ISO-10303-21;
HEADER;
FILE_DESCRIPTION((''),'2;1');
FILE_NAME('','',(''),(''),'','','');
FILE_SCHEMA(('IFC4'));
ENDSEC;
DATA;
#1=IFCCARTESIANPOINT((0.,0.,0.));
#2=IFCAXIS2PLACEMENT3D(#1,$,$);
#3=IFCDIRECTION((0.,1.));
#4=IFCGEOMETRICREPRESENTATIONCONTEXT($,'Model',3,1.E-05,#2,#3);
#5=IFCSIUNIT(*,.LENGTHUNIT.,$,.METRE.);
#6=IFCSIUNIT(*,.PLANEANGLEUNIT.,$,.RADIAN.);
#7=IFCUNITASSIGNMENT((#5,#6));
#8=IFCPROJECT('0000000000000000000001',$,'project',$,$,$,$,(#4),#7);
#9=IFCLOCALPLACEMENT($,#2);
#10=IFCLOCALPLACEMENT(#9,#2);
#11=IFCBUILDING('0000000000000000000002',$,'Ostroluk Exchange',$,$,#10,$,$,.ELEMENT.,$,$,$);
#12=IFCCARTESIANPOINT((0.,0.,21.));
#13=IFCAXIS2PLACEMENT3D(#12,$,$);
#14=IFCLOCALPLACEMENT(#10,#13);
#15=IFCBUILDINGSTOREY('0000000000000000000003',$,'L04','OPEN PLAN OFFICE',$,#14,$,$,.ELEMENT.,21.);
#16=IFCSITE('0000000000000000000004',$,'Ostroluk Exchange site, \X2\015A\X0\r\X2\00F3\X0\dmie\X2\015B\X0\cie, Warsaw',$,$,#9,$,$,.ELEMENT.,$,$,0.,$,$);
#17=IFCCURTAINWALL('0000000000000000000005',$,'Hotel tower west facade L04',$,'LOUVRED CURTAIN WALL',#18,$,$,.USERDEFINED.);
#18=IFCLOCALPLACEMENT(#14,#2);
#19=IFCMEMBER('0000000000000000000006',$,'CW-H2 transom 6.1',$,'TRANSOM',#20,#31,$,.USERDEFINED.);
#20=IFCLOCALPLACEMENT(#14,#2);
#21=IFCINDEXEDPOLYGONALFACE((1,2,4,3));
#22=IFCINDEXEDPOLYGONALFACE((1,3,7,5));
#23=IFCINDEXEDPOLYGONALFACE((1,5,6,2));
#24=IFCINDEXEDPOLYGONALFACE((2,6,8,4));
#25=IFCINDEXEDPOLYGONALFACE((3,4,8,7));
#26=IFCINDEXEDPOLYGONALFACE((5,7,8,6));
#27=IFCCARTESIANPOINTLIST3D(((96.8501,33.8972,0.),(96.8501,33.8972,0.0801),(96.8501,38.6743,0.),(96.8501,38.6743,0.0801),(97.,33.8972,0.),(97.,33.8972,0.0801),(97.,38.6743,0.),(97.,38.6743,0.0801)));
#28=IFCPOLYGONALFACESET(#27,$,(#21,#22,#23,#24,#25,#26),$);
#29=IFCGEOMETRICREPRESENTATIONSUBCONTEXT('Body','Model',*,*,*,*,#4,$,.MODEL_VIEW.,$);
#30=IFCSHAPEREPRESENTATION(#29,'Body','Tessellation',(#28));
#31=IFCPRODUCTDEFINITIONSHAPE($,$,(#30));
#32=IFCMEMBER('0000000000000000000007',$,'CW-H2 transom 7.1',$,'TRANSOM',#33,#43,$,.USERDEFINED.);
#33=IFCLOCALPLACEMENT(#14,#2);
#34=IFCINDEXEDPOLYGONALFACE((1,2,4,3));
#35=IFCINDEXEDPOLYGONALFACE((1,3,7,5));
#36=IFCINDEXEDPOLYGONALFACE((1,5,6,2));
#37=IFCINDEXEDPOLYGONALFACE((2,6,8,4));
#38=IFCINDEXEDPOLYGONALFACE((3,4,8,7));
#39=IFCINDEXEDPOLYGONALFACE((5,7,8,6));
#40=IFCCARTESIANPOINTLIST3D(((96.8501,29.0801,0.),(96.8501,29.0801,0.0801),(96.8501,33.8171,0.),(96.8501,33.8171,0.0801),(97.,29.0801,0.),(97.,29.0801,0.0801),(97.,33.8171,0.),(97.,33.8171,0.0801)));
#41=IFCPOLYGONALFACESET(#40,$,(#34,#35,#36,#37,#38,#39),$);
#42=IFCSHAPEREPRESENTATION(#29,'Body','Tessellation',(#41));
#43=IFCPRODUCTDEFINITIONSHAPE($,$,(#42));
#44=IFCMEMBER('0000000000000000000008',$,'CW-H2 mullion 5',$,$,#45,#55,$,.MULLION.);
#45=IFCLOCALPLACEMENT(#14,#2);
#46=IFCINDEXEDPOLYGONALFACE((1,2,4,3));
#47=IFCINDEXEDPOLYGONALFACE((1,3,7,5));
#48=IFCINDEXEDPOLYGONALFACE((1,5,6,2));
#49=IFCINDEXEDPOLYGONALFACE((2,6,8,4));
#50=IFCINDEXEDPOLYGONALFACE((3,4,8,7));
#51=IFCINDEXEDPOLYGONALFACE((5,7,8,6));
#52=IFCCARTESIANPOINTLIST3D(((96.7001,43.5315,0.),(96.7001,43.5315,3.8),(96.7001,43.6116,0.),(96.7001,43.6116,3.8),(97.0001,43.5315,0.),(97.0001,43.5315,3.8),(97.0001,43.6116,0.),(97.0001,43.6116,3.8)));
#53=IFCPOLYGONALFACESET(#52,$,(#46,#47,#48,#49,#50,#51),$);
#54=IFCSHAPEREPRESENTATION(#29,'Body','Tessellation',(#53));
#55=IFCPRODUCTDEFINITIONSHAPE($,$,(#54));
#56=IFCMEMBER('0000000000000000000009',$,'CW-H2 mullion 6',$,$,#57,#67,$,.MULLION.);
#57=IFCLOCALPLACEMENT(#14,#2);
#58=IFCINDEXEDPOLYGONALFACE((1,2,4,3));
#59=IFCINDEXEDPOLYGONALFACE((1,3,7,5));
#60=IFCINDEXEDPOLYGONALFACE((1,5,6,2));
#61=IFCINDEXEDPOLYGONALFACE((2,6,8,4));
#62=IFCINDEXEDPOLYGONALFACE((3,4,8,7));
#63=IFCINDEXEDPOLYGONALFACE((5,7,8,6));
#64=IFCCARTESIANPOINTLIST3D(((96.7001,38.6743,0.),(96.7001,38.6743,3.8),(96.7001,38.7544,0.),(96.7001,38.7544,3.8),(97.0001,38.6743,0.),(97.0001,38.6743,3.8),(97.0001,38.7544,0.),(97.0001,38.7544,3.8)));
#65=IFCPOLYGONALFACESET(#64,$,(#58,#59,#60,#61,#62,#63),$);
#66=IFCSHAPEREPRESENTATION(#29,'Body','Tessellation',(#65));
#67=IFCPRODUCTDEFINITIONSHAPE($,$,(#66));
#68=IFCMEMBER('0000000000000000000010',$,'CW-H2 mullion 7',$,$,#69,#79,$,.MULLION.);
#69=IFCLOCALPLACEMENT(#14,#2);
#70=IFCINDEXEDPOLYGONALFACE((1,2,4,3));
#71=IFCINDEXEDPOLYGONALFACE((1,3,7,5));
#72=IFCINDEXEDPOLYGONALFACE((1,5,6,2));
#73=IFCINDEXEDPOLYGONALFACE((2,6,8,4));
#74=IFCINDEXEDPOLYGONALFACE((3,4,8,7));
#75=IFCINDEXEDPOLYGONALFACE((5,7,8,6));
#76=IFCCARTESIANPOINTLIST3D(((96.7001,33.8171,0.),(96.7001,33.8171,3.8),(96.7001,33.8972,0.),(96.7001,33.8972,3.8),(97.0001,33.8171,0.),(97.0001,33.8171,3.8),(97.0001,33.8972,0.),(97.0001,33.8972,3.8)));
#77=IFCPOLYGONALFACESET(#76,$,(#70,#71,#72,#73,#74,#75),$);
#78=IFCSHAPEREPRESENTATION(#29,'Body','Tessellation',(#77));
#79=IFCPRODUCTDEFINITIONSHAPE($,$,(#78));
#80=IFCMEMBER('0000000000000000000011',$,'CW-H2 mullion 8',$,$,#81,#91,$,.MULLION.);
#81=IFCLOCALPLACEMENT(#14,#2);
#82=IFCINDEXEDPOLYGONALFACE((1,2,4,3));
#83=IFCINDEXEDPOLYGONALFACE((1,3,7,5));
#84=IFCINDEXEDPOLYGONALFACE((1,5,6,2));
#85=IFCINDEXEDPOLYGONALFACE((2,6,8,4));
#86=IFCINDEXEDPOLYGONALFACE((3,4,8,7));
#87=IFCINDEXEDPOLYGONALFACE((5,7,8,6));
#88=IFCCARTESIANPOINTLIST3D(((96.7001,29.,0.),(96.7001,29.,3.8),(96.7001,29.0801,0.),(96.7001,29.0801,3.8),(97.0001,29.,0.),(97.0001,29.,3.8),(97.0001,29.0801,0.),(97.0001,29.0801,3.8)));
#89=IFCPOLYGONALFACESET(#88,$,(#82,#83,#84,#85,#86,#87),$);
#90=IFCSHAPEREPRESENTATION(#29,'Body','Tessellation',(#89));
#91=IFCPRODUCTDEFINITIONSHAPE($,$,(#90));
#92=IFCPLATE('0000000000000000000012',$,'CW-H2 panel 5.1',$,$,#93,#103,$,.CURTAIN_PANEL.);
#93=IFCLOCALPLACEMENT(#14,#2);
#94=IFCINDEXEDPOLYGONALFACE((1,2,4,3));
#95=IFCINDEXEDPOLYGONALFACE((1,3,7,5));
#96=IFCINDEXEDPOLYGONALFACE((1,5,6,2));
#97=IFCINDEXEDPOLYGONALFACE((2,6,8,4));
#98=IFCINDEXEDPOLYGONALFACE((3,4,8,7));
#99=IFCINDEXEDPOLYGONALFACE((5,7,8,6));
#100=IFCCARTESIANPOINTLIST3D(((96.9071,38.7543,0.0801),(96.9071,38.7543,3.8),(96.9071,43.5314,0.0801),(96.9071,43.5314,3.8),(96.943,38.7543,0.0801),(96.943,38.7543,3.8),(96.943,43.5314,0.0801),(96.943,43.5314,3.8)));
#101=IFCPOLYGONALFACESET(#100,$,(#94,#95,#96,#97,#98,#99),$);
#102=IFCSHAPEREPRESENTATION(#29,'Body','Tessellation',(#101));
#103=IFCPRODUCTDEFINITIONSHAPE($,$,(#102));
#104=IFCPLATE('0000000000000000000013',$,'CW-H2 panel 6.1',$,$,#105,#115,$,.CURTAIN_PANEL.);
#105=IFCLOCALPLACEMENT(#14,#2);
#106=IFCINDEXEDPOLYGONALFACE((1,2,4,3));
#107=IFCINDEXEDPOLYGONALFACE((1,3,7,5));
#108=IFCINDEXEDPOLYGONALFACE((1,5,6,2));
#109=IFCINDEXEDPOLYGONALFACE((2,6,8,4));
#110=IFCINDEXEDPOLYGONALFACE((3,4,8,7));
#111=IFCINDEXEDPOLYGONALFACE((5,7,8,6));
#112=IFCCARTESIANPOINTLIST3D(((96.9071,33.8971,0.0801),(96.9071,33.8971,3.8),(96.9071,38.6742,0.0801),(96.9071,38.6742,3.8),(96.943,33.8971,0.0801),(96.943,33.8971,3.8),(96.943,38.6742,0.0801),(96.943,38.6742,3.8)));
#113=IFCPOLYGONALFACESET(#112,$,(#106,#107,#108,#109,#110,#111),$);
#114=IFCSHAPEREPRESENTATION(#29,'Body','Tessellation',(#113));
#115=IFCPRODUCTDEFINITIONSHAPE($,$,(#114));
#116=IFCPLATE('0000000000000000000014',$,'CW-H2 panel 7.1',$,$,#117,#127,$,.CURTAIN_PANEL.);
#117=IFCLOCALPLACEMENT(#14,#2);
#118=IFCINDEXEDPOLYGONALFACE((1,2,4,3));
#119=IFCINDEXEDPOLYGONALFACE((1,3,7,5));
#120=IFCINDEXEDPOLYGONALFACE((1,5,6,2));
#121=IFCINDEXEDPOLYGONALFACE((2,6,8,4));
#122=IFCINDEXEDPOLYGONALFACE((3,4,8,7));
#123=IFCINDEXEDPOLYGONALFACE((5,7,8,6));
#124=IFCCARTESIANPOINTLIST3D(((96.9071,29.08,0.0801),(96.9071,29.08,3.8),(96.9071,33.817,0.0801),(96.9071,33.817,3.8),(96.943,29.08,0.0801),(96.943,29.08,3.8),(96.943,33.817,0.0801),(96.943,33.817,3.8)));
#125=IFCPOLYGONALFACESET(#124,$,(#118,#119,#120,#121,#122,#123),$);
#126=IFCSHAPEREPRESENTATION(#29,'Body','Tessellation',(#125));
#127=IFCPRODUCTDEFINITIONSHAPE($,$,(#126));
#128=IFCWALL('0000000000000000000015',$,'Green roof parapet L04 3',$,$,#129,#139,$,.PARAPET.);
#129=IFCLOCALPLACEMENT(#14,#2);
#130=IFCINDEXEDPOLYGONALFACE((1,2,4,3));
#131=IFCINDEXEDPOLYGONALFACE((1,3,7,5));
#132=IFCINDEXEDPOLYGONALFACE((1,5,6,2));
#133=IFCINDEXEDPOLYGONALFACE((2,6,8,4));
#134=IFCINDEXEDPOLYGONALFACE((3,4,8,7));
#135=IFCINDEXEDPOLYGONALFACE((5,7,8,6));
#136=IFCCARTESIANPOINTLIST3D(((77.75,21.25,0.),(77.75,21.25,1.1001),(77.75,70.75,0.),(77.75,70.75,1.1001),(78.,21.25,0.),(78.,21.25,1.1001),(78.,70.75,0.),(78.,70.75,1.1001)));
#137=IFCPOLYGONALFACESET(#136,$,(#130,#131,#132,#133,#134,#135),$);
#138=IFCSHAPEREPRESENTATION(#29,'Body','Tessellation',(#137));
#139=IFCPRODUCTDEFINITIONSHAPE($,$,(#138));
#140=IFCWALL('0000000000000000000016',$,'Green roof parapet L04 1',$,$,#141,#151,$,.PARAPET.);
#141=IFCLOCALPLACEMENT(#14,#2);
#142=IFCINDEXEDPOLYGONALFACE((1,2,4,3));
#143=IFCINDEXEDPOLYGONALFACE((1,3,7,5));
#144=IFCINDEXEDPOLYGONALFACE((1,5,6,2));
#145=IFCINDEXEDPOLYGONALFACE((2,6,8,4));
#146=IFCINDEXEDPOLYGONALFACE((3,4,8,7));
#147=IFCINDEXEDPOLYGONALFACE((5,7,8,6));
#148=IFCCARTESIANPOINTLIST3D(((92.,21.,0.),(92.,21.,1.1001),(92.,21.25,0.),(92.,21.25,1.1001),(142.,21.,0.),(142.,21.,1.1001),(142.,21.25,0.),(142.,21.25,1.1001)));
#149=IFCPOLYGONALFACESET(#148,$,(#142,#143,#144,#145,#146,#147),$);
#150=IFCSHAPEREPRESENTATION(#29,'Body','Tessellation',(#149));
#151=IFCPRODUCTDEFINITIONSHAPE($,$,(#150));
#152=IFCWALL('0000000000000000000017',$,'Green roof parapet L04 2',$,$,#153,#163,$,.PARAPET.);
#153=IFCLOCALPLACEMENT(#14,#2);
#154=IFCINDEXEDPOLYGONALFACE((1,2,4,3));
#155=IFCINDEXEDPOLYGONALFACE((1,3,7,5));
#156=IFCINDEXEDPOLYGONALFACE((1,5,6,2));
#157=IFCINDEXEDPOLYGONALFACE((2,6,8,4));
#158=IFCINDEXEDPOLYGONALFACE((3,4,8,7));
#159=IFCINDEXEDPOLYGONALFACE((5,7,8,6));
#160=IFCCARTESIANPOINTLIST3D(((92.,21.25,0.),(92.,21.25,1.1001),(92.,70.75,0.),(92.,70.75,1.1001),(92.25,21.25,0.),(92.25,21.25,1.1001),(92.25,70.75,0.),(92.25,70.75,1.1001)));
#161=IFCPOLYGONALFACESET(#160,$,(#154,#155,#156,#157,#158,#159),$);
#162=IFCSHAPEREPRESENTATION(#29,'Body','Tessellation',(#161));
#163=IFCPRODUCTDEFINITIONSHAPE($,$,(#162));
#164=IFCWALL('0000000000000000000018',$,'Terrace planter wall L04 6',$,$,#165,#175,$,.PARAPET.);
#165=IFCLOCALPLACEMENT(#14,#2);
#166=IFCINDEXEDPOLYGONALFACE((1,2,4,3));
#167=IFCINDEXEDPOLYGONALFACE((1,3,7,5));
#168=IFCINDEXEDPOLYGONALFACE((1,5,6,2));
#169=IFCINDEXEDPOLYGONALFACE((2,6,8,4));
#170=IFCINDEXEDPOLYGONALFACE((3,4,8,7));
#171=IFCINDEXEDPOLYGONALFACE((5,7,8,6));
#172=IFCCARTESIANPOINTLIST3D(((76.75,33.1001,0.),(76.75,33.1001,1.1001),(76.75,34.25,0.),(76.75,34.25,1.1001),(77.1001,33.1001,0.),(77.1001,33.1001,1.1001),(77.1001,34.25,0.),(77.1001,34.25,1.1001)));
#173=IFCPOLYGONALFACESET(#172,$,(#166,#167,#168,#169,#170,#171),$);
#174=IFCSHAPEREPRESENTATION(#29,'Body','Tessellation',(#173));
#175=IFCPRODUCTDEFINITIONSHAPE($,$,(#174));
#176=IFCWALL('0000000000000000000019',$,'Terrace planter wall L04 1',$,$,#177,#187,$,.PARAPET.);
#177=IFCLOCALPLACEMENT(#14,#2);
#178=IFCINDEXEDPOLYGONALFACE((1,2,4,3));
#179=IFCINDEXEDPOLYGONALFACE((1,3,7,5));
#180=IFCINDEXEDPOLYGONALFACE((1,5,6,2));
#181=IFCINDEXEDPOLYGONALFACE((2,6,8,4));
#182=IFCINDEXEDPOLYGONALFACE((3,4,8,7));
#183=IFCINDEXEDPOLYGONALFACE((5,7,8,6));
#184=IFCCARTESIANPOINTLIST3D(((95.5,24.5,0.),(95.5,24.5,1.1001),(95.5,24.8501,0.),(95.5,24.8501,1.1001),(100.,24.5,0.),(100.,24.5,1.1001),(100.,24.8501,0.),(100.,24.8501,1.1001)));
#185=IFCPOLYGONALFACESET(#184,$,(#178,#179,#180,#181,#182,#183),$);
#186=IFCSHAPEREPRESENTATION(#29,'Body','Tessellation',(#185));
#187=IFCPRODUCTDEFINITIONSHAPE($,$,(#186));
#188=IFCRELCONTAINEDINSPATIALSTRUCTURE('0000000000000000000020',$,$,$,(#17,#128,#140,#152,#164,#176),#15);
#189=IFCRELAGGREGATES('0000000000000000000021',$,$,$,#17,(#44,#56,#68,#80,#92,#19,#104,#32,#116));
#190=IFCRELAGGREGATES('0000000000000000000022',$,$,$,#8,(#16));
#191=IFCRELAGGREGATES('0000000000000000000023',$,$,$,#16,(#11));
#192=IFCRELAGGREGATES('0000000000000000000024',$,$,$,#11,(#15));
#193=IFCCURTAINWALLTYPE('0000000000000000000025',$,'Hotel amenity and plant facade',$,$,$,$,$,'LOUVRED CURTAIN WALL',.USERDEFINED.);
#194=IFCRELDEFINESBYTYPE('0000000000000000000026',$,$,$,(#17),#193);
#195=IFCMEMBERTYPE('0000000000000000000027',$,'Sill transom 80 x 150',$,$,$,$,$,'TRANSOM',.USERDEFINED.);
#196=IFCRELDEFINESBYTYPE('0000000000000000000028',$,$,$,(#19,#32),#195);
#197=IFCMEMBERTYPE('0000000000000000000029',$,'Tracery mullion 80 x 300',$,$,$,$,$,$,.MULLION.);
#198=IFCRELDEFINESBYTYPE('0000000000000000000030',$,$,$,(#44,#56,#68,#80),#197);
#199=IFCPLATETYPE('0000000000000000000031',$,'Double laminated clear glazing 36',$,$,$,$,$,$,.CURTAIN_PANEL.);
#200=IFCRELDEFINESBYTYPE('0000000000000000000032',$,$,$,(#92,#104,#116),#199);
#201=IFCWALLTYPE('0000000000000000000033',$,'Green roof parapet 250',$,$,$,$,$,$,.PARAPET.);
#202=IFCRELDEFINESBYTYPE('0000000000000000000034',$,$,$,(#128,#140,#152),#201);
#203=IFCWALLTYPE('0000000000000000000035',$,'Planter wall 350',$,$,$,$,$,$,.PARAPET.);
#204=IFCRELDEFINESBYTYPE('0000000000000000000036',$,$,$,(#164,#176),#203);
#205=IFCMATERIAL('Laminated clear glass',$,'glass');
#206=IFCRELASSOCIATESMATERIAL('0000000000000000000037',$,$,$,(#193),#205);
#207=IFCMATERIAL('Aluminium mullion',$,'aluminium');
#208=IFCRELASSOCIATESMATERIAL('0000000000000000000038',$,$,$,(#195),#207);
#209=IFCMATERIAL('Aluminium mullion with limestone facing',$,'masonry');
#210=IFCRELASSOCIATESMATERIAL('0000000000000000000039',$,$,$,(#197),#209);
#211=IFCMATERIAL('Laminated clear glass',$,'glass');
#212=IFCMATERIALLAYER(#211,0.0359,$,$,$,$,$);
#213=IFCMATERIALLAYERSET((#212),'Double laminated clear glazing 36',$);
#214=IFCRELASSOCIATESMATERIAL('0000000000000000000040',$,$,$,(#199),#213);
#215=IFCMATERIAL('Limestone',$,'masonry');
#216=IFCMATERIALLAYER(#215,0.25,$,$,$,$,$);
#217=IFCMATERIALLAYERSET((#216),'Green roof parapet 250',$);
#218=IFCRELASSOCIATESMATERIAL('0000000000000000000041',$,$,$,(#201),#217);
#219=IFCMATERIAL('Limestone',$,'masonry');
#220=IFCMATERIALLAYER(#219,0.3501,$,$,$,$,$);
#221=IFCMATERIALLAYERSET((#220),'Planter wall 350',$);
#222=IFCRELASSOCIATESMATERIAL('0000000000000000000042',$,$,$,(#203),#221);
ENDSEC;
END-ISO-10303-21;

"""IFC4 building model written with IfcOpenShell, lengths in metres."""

from ifc_helpers import new_model, si_unit, direction, frame, frame_2d, origin, origin_2d, place, context, subcontext, project, spatial, rectangle, extrude, material, layer, layer_set, material_profile, profile_set, type_object, element, aggregate, save


model = new_model("IFC4")

# Units and contexts
model_context = context("Model", 3, precision=1e-05, world=origin(), true_north=direction((0.0, 1.0)))
body_context = subcontext(model_context, "Body", "Model", "MODEL_VIEW")
ifc_project = project(units=[si_unit("LENGTHUNIT", "METRE"), si_unit("PLANEANGLEUNIT", "RADIAN")], contexts=[model_context])

# Site, building, storey
site_placement = place(None, origin())
site = spatial("IfcSite", under=ifc_project, at=site_placement, Name="Ostroluk Exchange site, Śródmieście, Warsaw", CompositionType="ELEMENT", RefElevation=0.0)
building_placement = place(site_placement, origin())
building = spatial("IfcBuilding", under=site, at=building_placement, Name="Ostroluk Exchange", CompositionType="ELEMENT")
storey_placement = place(building_placement, frame((0.0, 0.0, 21.0)))
storey = spatial("IfcBuildingStorey", under=building, at=storey_placement, Name="L04", Description="OPEN PLAN OFFICE", CompositionType="ELEMENT", Elevation=21.0)

# Curtain wall, members, plates
ifc_material_1 = material(Name="Laminated clear glass", Category="glass")
curtain_wall_type = type_object("IfcCurtainWallType", Name="Hotel amenity and plant facade", ElementType="LOUVRED CURTAIN WALL", PredefinedType="USERDEFINED", material=ifc_material_1)
curtain_wall_placement = place(storey_placement, origin())
curtain_wall = element("IfcCurtainWall", 1, at=curtain_wall_placement, inside=storey, type_object=curtain_wall_type, Name="Hotel tower west facade L04", ObjectType="LOUVRED CURTAIN WALL", PredefinedType="USERDEFINED")
ifc_material_2 = material(Name="Aluminium mullion", Category="aluminium")
ifc_material_profile_1 = material_profile(ifc_material_2, rectangle(XDim=0.1499, YDim=0.0801, at=origin_2d()), Name="Sill transom 80 x 150")
ifc_profile_set_1 = profile_set([ifc_material_profile_1], Name="Aluminium mullion")
member_type_1 = type_object("IfcMemberType", Name="Sill transom 80 x 150", ElementType="TRANSOM", PredefinedType="USERDEFINED", material=ifc_profile_set_1)
member_1_placement = place(storey_placement, frame((96.925, 38.6743, 0.04), z_axis=(0.0, -1.0, 0.0), x_axis=(1.0, 0.0, 0.0)))
member_1 = element("IfcMember", 2, at=member_1_placement, type_object=member_type_1, Name="CW-H2 transom 6.1", ObjectType="TRANSOM", PredefinedType="USERDEFINED", context=body_context, shape_type="SweptSolid", body=[
    extrude(rectangle(XDim=0.1499, YDim=0.0801, at=origin_2d()), origin(), (0.0, 0.0, 1.0), 4.7771),
])
member_2_placement = place(storey_placement, frame((96.925, 33.8171, 0.04), z_axis=(0.0, -1.0, 0.0), x_axis=(1.0, 0.0, 0.0)))
member_2 = element("IfcMember", 3, at=member_2_placement, type_object=member_type_1, Name="CW-H2 transom 7.1", ObjectType="TRANSOM", PredefinedType="USERDEFINED", context=body_context, shape_type="SweptSolid", body=[
    extrude(rectangle(XDim=0.1499, YDim=0.0801, at=origin_2d()), origin(), (0.0, 0.0, 1.0), 4.7371),
])
ifc_material_3 = material(Name="Aluminium mullion with limestone facing", Category="masonry")
ifc_material_profile_2 = material_profile(ifc_material_3, rectangle(XDim=0.3, YDim=0.0801, at=origin_2d()), Name="Tracery mullion 80 x 300")
ifc_profile_set_2 = profile_set([ifc_material_profile_2], Name="Aluminium mullion with limestone facing")
member_type_2 = type_object("IfcMemberType", Name="Tracery mullion 80 x 300", PredefinedType="MULLION", material=ifc_profile_set_2)
member_3_placement = place(storey_placement, frame((96.8501, 43.5715, 0.0), z_axis=(0.0, 0.0, 1.0), x_axis=(1.0, 0.0, 0.0)))
member_3 = element("IfcMember", 4, at=member_3_placement, type_object=member_type_2, Name="CW-H2 mullion 5", PredefinedType="MULLION", context=body_context, shape_type="SweptSolid", body=[
    extrude(rectangle(XDim=0.3, YDim=0.0801, at=origin_2d()), origin(), (0.0, 0.0, 1.0), 3.8),
])
member_4_placement = place(storey_placement, frame((96.8501, 38.7144, 0.0), z_axis=(0.0, 0.0, 1.0), x_axis=(1.0, 0.0, 0.0)))
member_4 = element("IfcMember", 5, at=member_4_placement, type_object=member_type_2, Name="CW-H2 mullion 6", PredefinedType="MULLION", context=body_context, shape_type="SweptSolid", body=[
    extrude(rectangle(XDim=0.3, YDim=0.0801, at=origin_2d()), origin(), (0.0, 0.0, 1.0), 3.8),
])
member_5_placement = place(storey_placement, frame((96.8501, 33.8572, 0.0), z_axis=(0.0, 0.0, 1.0), x_axis=(1.0, 0.0, 0.0)))
member_5 = element("IfcMember", 6, at=member_5_placement, type_object=member_type_2, Name="CW-H2 mullion 7", PredefinedType="MULLION", context=body_context, shape_type="SweptSolid", body=[
    extrude(rectangle(XDim=0.3, YDim=0.0801, at=origin_2d()), origin(), (0.0, 0.0, 1.0), 3.8),
])
member_6_placement = place(storey_placement, frame((96.8501, 29.04, 0.0), z_axis=(0.0, 0.0, 1.0), x_axis=(1.0, 0.0, 0.0)))
member_6 = element("IfcMember", 7, at=member_6_placement, type_object=member_type_2, Name="CW-H2 mullion 8", PredefinedType="MULLION", context=body_context, shape_type="SweptSolid", body=[
    extrude(rectangle(XDim=0.3, YDim=0.0801, at=origin_2d()), origin(), (0.0, 0.0, 1.0), 3.8),
])
ifc_material_4 = material(Name="Laminated clear glass", Category="glass")
ifc_layer_1 = layer(ifc_material_4, 0.0359)
ifc_layer_set_1 = layer_set([ifc_layer_1], Name="Double laminated clear glazing 36")
plate_type = type_object("IfcPlateType", Name="Double laminated clear glazing 36", PredefinedType="CURTAIN_PANEL", material=ifc_layer_set_1)
plate_1_placement = place(storey_placement, frame((96.925, 41.1428, 0.0801), z_axis=(0.0, 0.0, 1.0), x_axis=(0.0, -1.0, 0.0)))
plate_1 = element("IfcPlate", 8, at=plate_1_placement, type_object=plate_type, Name="CW-H2 panel 5.1", PredefinedType="CURTAIN_PANEL", context=body_context, shape_type="SweptSolid", body=[
    extrude(rectangle(XDim=4.7771, YDim=0.0359, at=origin_2d()), origin(), (0.0, 0.0, 1.0), 3.72),
])
plate_2_placement = place(storey_placement, frame((96.925, 36.2856, 0.0801), z_axis=(0.0, 0.0, 1.0), x_axis=(0.0, -1.0, 0.0)))
plate_2 = element("IfcPlate", 9, at=plate_2_placement, type_object=plate_type, Name="CW-H2 panel 6.1", PredefinedType="CURTAIN_PANEL", context=body_context, shape_type="SweptSolid", body=[
    extrude(rectangle(XDim=4.7771, YDim=0.0359, at=origin_2d()), origin(), (0.0, 0.0, 1.0), 3.72),
])
plate_3_placement = place(storey_placement, frame((96.925, 31.4485, 0.0801), z_axis=(0.0, 0.0, 1.0), x_axis=(0.0, -1.0, 0.0)))
plate_3 = element("IfcPlate", 10, at=plate_3_placement, type_object=plate_type, Name="CW-H2 panel 7.1", PredefinedType="CURTAIN_PANEL", context=body_context, shape_type="SweptSolid", body=[
    extrude(rectangle(XDim=4.7371, YDim=0.0359, at=origin_2d()), origin(), (0.0, 0.0, 1.0), 3.72),
])
aggregate(curtain_wall, [member_3, member_4, member_5, member_6, plate_1, member_1, plate_2, member_2, plate_3])

# Walls
ifc_material_5 = material(Name="Limestone", Category="masonry")
ifc_layer_2 = layer(ifc_material_5, 0.25)
ifc_layer_set_2 = layer_set([ifc_layer_2], Name="Green roof parapet 250")
wall_type_1 = type_object("IfcWallType", Name="Green roof parapet 250", PredefinedType="PARAPET", material=ifc_layer_set_2)
wall_1_placement = place(storey_placement, frame((77.875, 21.25, 0.0), z_axis=(0.0, 0.0, 1.0), x_axis=(0.0, 1.0, 0.0)))
element("IfcWall", 11, at=wall_1_placement, inside=storey, type_object=wall_type_1, Name="Green roof parapet L04 3", PredefinedType="PARAPET", context=body_context, shape_type="SweptSolid", body=[
    extrude(rectangle(XDim=49.5, YDim=0.25, at=frame_2d((24.75, 0.0))), origin(), (0.0, 0.0, 1.0), 1.1001),
])
wall_2_placement = place(storey_placement, frame((92.0, 21.125, 0.0), z_axis=(0.0, 0.0, 1.0), x_axis=(1.0, 0.0, 0.0)))
element("IfcWall", 12, at=wall_2_placement, inside=storey, type_object=wall_type_1, Name="Green roof parapet L04 1", PredefinedType="PARAPET", context=body_context, shape_type="SweptSolid", body=[
    extrude(rectangle(XDim=50.0, YDim=0.25, at=frame_2d((25.0, 0.0))), origin(), (0.0, 0.0, 1.0), 1.1001),
])
wall_3_placement = place(storey_placement, frame((92.125, 21.25, 0.0), z_axis=(0.0, 0.0, 1.0), x_axis=(0.0, 1.0, 0.0)))
element("IfcWall", 13, at=wall_3_placement, inside=storey, type_object=wall_type_1, Name="Green roof parapet L04 2", PredefinedType="PARAPET", context=body_context, shape_type="SweptSolid", body=[
    extrude(rectangle(XDim=49.5, YDim=0.25, at=frame_2d((24.75, 0.0))), origin(), (0.0, 0.0, 1.0), 1.1001),
])
ifc_material_6 = material(Name="Limestone", Category="masonry")
ifc_layer_3 = layer(ifc_material_6, 0.3501)
ifc_layer_set_3 = layer_set([ifc_layer_3], Name="Planter wall 350")
wall_type_2 = type_object("IfcWallType", Name="Planter wall 350", PredefinedType="PARAPET", material=ifc_layer_set_3)
wall_4_placement = place(storey_placement, frame((76.925, 33.1001, 0.0), z_axis=(0.0, 0.0, 1.0), x_axis=(0.0, 1.0, 0.0)))
element("IfcWall", 14, at=wall_4_placement, inside=storey, type_object=wall_type_2, Name="Terrace planter wall L04 6", PredefinedType="PARAPET", context=body_context, shape_type="SweptSolid", body=[
    extrude(rectangle(XDim=1.1499, YDim=0.3501, at=frame_2d((0.575, 0.0))), origin(), (0.0, 0.0, 1.0), 1.1001),
])
wall_5_placement = place(storey_placement, frame((95.5, 24.675, 0.0), z_axis=(0.0, 0.0, 1.0), x_axis=(1.0, 0.0, 0.0)))
element("IfcWall", 15, at=wall_5_placement, inside=storey, type_object=wall_type_2, Name="Terrace planter wall L04 1", PredefinedType="PARAPET", context=body_context, shape_type="SweptSolid", body=[
    extrude(rectangle(XDim=4.5, YDim=0.3501, at=frame_2d((2.25, 0.0))), origin(), (0.0, 0.0, 1.0), 1.1001),
])

save(model, "model.ifc")
